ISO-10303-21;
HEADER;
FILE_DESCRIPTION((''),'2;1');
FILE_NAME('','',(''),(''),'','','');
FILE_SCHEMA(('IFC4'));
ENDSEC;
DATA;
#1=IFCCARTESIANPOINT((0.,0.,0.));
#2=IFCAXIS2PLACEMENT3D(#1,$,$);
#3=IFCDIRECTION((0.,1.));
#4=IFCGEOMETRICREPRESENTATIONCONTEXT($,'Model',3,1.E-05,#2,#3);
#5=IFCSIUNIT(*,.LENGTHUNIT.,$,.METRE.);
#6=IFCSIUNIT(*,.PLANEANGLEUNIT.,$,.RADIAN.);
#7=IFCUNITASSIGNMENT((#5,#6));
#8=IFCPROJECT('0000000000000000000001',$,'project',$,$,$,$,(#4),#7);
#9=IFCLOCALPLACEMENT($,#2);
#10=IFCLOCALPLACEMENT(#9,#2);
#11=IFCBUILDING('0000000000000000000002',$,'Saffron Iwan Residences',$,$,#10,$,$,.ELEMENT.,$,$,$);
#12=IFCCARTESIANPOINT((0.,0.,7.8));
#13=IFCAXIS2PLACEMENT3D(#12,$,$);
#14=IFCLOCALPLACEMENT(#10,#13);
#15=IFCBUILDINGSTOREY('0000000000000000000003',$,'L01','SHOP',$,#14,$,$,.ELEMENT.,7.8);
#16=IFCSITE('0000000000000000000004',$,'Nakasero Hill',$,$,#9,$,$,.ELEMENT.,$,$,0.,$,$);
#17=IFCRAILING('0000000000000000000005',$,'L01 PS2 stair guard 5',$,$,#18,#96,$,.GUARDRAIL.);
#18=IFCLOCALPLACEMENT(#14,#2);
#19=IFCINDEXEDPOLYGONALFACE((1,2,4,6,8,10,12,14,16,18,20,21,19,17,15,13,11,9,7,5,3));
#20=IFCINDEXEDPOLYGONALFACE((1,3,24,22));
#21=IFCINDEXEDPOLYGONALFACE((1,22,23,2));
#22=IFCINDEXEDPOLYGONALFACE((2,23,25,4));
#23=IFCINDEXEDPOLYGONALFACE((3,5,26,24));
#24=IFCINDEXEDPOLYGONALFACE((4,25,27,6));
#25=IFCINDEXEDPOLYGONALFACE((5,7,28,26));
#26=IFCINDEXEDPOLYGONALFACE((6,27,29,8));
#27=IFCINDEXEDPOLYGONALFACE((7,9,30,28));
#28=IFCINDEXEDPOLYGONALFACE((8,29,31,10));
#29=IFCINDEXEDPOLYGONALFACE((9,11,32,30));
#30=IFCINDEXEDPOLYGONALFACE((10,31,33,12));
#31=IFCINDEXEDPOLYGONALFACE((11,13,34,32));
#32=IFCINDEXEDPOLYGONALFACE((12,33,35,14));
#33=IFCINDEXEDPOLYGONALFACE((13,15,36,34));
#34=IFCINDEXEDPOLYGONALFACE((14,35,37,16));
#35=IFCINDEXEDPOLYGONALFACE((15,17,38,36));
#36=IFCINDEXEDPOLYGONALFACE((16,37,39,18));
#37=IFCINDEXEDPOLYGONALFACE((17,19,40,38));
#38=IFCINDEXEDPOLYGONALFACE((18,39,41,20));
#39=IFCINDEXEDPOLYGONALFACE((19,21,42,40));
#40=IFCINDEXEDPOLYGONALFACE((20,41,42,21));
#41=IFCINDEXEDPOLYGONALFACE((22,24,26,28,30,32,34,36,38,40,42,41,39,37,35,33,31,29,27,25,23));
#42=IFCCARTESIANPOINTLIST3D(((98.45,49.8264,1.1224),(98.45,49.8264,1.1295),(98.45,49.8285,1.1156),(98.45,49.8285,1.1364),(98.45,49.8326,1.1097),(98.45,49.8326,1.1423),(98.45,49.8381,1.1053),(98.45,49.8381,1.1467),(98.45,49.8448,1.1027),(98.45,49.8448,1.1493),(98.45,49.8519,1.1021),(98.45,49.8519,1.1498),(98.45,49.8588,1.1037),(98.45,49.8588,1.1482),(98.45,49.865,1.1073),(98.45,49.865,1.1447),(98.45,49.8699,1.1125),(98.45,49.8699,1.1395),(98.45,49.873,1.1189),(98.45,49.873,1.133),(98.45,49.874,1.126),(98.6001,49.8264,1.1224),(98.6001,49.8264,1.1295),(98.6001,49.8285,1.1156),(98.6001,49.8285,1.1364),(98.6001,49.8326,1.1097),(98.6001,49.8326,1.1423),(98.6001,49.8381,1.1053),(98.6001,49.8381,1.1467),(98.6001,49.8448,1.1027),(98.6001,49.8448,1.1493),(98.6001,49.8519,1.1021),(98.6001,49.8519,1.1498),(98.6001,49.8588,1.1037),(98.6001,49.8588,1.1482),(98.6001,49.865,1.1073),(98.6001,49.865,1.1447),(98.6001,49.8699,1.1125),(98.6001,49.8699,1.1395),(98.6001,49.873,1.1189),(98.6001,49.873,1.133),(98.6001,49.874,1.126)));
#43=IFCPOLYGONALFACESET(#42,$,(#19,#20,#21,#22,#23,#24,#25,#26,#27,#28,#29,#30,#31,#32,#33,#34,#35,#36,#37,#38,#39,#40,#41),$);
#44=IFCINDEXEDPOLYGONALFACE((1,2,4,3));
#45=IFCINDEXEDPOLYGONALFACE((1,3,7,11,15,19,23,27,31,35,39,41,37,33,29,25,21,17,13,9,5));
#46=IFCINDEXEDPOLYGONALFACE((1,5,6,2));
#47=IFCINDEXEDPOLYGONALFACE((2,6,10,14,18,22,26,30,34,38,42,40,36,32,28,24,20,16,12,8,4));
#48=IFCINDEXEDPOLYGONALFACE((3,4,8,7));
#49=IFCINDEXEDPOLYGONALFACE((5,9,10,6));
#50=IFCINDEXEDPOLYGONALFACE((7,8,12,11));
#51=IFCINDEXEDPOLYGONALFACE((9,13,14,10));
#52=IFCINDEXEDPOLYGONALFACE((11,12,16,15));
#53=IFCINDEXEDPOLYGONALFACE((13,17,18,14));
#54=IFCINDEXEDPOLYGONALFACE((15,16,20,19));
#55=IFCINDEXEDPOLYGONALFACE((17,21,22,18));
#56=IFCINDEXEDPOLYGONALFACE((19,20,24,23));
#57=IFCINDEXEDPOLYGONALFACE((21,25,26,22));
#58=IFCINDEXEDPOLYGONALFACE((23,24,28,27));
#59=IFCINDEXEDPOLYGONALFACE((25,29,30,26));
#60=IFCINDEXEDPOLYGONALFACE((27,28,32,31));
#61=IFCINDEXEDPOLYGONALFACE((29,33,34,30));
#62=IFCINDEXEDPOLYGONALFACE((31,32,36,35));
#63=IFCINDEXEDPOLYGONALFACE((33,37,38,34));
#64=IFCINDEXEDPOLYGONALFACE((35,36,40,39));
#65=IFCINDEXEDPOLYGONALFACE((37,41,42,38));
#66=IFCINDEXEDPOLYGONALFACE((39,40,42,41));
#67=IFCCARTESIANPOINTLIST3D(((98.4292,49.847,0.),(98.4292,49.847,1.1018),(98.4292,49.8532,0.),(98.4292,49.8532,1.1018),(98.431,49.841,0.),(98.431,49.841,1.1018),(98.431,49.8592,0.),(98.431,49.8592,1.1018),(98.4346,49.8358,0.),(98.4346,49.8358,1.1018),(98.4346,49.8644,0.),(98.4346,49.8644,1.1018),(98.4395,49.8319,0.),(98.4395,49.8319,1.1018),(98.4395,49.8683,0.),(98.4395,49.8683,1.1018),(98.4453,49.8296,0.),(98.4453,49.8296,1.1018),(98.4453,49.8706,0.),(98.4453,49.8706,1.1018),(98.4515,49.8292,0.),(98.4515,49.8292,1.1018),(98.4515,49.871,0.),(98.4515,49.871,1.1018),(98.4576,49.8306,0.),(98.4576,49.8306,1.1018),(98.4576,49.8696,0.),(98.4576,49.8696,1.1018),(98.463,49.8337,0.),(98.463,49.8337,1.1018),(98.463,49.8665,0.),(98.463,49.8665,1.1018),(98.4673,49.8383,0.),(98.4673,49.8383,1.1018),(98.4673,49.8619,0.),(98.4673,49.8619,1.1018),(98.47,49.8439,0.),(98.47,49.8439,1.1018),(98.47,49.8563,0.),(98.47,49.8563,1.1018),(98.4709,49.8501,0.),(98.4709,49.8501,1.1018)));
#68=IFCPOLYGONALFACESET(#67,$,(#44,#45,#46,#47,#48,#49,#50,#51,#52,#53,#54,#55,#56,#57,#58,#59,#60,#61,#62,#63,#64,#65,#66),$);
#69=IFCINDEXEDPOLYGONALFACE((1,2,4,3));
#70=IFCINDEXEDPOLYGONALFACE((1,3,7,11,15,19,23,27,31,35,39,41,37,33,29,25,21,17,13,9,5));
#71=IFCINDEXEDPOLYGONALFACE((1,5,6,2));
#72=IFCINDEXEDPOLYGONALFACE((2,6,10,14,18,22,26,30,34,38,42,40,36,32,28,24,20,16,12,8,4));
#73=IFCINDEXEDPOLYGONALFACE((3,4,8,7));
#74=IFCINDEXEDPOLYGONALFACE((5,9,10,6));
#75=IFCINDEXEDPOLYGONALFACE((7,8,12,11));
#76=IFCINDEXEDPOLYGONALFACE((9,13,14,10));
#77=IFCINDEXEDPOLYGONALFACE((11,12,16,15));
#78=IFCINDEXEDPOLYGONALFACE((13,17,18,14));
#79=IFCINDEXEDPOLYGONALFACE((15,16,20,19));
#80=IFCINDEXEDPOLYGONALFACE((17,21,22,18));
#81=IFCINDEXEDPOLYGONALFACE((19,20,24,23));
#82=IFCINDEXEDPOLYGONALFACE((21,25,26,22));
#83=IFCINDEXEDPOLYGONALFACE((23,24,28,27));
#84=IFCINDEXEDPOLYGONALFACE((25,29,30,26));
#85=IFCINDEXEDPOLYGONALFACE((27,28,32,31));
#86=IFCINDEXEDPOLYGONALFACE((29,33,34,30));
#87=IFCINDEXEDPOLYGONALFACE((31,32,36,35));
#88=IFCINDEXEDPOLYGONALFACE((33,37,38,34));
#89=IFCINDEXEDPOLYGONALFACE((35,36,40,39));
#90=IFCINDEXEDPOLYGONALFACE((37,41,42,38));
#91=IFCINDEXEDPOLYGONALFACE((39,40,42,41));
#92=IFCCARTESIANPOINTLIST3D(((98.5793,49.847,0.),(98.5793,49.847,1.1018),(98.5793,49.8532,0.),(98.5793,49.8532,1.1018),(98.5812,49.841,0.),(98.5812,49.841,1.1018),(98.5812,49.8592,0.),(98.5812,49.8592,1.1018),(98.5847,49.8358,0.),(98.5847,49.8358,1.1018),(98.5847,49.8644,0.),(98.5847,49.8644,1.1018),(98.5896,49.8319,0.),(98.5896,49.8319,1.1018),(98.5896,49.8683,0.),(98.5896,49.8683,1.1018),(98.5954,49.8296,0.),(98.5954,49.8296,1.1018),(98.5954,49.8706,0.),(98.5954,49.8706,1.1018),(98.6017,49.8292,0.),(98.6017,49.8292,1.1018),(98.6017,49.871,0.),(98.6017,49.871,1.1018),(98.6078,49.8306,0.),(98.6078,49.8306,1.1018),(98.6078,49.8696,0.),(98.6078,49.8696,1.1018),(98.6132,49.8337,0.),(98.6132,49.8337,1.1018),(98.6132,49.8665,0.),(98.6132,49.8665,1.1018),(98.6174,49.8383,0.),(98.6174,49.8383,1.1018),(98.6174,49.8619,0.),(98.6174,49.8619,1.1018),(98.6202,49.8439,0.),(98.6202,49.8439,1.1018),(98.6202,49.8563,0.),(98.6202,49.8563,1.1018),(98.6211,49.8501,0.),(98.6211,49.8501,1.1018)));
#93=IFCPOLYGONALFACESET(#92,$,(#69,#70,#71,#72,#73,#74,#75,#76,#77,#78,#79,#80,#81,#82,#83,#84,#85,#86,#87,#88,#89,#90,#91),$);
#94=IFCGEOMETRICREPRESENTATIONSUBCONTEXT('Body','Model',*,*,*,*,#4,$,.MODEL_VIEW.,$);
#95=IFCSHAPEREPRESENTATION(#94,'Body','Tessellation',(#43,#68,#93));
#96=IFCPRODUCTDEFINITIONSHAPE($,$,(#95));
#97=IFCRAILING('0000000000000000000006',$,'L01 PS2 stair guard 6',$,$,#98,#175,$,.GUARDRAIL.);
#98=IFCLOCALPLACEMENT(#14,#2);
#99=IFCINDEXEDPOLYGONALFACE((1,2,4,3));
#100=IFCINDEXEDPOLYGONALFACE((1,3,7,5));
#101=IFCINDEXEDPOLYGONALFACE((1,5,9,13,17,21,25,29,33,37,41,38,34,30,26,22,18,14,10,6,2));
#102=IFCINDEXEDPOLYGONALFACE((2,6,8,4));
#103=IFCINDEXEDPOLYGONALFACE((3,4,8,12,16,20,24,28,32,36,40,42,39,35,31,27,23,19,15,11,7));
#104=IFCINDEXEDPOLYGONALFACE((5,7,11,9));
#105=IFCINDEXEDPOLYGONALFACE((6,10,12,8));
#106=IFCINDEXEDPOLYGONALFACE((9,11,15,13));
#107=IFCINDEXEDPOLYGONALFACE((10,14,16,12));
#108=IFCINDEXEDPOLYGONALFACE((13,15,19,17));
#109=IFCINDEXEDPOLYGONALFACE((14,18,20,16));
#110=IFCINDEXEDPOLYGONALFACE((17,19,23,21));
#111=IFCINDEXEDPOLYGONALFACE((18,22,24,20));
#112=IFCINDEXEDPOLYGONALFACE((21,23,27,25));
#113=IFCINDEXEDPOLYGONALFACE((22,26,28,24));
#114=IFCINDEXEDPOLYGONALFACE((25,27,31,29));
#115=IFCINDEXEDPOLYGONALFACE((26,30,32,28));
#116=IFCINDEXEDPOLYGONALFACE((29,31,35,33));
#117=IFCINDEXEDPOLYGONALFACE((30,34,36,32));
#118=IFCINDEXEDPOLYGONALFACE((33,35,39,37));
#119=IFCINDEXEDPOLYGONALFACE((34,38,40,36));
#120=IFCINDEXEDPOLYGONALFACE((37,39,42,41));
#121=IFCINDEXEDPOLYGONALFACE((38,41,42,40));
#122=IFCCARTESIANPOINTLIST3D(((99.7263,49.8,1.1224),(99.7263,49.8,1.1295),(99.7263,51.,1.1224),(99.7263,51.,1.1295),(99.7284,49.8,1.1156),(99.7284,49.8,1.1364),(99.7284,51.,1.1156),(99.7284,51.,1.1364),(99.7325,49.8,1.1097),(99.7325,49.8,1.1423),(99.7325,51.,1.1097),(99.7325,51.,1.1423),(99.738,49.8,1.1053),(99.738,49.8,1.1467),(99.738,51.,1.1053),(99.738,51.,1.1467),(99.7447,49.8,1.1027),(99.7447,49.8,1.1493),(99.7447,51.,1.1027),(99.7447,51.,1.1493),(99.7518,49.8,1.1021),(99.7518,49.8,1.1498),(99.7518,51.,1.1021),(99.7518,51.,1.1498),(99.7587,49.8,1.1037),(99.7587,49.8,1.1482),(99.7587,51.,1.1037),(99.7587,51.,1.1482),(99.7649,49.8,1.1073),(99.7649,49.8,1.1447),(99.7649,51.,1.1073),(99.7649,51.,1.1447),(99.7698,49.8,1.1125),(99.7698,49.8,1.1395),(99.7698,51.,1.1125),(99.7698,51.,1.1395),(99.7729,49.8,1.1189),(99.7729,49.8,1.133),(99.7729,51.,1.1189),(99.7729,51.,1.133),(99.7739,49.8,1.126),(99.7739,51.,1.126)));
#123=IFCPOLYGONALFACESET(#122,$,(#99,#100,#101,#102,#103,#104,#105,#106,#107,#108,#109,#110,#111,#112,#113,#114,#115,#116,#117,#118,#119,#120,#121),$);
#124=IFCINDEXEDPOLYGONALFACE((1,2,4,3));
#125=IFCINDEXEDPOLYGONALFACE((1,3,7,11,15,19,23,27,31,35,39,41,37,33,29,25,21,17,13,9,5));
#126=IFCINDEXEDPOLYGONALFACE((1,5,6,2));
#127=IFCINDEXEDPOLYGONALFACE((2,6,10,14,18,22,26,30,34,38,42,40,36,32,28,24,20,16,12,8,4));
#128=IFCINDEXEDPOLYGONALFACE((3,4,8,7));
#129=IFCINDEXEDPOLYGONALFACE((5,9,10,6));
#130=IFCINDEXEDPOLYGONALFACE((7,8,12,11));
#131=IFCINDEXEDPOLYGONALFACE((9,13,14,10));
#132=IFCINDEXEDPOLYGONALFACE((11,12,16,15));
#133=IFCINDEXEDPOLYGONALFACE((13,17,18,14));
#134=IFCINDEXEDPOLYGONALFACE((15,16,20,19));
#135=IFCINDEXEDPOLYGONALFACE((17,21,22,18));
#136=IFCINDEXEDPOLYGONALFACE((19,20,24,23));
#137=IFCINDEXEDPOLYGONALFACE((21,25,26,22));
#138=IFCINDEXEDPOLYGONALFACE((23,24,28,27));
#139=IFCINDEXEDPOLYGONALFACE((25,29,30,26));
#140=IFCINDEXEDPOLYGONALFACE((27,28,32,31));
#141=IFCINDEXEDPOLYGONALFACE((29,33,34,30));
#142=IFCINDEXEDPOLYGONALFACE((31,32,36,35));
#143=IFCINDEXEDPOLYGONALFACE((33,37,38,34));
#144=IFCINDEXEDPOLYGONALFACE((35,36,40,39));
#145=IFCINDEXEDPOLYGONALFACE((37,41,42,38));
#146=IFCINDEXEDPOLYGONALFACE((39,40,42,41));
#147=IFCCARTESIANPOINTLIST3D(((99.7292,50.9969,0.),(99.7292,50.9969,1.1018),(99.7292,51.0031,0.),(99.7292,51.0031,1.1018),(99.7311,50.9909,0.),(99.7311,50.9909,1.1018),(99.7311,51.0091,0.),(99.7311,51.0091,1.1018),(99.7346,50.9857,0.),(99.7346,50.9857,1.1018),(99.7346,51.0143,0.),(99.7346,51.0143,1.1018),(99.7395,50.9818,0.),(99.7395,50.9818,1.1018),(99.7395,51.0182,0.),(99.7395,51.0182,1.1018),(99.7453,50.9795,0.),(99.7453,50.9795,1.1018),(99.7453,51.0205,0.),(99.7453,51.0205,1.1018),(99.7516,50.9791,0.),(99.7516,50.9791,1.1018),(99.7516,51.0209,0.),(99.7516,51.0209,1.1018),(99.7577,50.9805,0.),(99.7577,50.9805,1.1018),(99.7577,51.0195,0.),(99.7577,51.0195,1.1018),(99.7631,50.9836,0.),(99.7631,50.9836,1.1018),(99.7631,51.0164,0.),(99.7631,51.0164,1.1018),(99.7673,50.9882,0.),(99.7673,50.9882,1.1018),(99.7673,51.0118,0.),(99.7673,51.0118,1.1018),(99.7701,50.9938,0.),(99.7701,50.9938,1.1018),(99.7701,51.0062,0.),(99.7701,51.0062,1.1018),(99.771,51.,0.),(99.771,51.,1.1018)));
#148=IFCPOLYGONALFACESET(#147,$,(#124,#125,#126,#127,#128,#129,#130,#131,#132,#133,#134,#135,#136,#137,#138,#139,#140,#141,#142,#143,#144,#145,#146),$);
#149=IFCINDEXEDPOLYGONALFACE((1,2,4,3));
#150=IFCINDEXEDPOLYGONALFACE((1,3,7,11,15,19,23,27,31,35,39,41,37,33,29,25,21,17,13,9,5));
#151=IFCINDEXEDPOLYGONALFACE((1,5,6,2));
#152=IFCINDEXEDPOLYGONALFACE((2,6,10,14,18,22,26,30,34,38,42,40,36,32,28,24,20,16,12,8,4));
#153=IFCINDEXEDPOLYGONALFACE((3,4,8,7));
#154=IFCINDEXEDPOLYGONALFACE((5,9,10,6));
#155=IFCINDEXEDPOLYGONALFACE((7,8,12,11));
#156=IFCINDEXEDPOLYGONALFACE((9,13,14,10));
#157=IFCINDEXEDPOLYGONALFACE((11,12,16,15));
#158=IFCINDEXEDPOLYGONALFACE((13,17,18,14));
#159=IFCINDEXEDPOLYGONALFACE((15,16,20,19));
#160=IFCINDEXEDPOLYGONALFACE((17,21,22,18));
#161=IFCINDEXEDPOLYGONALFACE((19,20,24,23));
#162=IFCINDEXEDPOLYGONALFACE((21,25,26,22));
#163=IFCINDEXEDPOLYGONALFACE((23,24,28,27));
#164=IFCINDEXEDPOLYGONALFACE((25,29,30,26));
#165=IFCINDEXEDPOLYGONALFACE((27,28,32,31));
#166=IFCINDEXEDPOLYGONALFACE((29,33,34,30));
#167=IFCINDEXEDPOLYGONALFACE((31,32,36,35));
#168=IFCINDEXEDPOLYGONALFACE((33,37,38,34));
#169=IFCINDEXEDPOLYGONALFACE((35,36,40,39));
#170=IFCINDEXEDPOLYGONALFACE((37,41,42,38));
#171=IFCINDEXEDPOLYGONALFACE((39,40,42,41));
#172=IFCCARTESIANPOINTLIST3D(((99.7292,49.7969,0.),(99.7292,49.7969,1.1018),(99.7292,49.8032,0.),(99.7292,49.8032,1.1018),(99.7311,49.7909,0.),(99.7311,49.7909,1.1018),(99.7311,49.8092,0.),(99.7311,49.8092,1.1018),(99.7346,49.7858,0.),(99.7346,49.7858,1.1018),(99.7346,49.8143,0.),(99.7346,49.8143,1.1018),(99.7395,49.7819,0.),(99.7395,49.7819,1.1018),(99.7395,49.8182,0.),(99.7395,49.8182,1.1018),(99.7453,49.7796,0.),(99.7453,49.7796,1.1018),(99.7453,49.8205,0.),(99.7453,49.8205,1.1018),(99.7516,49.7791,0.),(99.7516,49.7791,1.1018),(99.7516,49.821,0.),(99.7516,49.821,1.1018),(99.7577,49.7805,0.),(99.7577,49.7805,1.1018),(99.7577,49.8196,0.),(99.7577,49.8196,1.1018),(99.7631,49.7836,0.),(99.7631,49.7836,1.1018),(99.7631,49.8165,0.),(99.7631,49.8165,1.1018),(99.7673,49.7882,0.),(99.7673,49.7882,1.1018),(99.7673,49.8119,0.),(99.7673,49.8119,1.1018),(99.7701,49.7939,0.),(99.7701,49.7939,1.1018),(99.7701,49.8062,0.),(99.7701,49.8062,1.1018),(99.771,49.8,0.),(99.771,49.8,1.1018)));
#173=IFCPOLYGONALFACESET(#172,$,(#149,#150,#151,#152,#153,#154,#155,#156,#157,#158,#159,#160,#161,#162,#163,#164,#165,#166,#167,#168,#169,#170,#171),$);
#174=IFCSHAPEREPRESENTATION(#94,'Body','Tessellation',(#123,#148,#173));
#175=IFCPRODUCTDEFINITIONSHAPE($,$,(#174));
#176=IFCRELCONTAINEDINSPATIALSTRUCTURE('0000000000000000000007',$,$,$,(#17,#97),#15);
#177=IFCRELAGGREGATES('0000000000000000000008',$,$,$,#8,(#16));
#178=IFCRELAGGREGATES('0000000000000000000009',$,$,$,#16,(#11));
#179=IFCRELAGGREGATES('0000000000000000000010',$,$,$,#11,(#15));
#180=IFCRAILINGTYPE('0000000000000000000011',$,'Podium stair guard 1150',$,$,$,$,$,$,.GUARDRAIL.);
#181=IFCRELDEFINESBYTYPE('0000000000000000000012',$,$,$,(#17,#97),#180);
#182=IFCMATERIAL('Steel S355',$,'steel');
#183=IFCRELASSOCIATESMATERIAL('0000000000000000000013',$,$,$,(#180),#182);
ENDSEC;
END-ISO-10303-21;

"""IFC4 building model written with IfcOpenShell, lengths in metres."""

from ifc_helpers import new_model, si_unit, direction, frame, origin, origin_2d, place, context, subcontext, project, spatial, circle, extrude, material, type_object, element, save


model = new_model("IFC4")

# Units and contexts
model_context = context("Model", 3, precision=1e-05, world=origin(), true_north=direction((0.0, 1.0)))
body_context = subcontext(model_context, "Body", "Model", "MODEL_VIEW")
ifc_project = project(units=[si_unit("LENGTHUNIT", "METRE"), si_unit("PLANEANGLEUNIT", "RADIAN")], contexts=[model_context])

# Site, building, storey
site_placement = place(None, origin())
site = spatial("IfcSite", under=ifc_project, at=site_placement, Name="Nakasero Hill", CompositionType="ELEMENT", RefElevation=0.0)
building_placement = place(site_placement, origin())
building = spatial("IfcBuilding", under=site, at=building_placement, Name="Saffron Iwan Residences", CompositionType="ELEMENT")
storey_placement = place(building_placement, frame((0.0, 0.0, 7.8)))
storey = spatial("IfcBuildingStorey", under=building, at=storey_placement, Name="L01", Description="SHOP", CompositionType="ELEMENT", Elevation=7.8)

# Railings
ifc_material_1 = material(Name="Steel S355", Category="steel")
railing_type_1 = type_object("IfcRailingType", Name="Podium stair guard 1150", PredefinedType="GUARDRAIL", material=ifc_material_1)
railing_1_placement = place(storey_placement, frame((98.45, 49.8501, 0.0)))
element("IfcRailing", 1, at=railing_1_placement, inside=storey, type_object=railing_type_1, Name="L01 PS2 stair guard 5", PredefinedType="GUARDRAIL", context=body_context, shape_type="SweptSolid", body=[
    extrude(circle(Radius=0.0239, at=origin_2d()), frame((0.0, 0.0, 1.126), z_axis=(1.0, 0.0, 0.0), x_axis=(0.0, 1.0, 0.0)), (0.0, 0.0, 1.0), 0.1501),
    extrude(circle(Radius=0.021, at=origin_2d()), origin(), (0.0, 0.0, 1.0), 1.1018),
    extrude(circle(Radius=0.021, at=origin_2d()), frame((0.1501, 0.0, 0.0)), (0.0, 0.0, 1.0), 1.1018),
])
railing_2_placement = place(storey_placement, frame((99.75, 51.0, 0.0)))
element("IfcRailing", 2, at=railing_2_placement, inside=storey, type_object=railing_type_1, Name="L01 PS2 stair guard 6", PredefinedType="GUARDRAIL", context=body_context, shape_type="SweptSolid", body=[
    extrude(circle(Radius=0.0239, at=origin_2d()), frame((0.0, 0.0, 1.126), z_axis=(0.0, -1.0, 0.0), x_axis=(1.0, 0.0, 0.0)), (0.0, 0.0, 1.0), 1.2),
    extrude(circle(Radius=0.021, at=origin_2d()), origin(), (0.0, 0.0, 1.0), 1.1018),
    extrude(circle(Radius=0.021, at=origin_2d()), frame((0.0, -1.2, 0.0)), (0.0, 0.0, 1.0), 1.1018),
])

save(model, "model.ifc")
